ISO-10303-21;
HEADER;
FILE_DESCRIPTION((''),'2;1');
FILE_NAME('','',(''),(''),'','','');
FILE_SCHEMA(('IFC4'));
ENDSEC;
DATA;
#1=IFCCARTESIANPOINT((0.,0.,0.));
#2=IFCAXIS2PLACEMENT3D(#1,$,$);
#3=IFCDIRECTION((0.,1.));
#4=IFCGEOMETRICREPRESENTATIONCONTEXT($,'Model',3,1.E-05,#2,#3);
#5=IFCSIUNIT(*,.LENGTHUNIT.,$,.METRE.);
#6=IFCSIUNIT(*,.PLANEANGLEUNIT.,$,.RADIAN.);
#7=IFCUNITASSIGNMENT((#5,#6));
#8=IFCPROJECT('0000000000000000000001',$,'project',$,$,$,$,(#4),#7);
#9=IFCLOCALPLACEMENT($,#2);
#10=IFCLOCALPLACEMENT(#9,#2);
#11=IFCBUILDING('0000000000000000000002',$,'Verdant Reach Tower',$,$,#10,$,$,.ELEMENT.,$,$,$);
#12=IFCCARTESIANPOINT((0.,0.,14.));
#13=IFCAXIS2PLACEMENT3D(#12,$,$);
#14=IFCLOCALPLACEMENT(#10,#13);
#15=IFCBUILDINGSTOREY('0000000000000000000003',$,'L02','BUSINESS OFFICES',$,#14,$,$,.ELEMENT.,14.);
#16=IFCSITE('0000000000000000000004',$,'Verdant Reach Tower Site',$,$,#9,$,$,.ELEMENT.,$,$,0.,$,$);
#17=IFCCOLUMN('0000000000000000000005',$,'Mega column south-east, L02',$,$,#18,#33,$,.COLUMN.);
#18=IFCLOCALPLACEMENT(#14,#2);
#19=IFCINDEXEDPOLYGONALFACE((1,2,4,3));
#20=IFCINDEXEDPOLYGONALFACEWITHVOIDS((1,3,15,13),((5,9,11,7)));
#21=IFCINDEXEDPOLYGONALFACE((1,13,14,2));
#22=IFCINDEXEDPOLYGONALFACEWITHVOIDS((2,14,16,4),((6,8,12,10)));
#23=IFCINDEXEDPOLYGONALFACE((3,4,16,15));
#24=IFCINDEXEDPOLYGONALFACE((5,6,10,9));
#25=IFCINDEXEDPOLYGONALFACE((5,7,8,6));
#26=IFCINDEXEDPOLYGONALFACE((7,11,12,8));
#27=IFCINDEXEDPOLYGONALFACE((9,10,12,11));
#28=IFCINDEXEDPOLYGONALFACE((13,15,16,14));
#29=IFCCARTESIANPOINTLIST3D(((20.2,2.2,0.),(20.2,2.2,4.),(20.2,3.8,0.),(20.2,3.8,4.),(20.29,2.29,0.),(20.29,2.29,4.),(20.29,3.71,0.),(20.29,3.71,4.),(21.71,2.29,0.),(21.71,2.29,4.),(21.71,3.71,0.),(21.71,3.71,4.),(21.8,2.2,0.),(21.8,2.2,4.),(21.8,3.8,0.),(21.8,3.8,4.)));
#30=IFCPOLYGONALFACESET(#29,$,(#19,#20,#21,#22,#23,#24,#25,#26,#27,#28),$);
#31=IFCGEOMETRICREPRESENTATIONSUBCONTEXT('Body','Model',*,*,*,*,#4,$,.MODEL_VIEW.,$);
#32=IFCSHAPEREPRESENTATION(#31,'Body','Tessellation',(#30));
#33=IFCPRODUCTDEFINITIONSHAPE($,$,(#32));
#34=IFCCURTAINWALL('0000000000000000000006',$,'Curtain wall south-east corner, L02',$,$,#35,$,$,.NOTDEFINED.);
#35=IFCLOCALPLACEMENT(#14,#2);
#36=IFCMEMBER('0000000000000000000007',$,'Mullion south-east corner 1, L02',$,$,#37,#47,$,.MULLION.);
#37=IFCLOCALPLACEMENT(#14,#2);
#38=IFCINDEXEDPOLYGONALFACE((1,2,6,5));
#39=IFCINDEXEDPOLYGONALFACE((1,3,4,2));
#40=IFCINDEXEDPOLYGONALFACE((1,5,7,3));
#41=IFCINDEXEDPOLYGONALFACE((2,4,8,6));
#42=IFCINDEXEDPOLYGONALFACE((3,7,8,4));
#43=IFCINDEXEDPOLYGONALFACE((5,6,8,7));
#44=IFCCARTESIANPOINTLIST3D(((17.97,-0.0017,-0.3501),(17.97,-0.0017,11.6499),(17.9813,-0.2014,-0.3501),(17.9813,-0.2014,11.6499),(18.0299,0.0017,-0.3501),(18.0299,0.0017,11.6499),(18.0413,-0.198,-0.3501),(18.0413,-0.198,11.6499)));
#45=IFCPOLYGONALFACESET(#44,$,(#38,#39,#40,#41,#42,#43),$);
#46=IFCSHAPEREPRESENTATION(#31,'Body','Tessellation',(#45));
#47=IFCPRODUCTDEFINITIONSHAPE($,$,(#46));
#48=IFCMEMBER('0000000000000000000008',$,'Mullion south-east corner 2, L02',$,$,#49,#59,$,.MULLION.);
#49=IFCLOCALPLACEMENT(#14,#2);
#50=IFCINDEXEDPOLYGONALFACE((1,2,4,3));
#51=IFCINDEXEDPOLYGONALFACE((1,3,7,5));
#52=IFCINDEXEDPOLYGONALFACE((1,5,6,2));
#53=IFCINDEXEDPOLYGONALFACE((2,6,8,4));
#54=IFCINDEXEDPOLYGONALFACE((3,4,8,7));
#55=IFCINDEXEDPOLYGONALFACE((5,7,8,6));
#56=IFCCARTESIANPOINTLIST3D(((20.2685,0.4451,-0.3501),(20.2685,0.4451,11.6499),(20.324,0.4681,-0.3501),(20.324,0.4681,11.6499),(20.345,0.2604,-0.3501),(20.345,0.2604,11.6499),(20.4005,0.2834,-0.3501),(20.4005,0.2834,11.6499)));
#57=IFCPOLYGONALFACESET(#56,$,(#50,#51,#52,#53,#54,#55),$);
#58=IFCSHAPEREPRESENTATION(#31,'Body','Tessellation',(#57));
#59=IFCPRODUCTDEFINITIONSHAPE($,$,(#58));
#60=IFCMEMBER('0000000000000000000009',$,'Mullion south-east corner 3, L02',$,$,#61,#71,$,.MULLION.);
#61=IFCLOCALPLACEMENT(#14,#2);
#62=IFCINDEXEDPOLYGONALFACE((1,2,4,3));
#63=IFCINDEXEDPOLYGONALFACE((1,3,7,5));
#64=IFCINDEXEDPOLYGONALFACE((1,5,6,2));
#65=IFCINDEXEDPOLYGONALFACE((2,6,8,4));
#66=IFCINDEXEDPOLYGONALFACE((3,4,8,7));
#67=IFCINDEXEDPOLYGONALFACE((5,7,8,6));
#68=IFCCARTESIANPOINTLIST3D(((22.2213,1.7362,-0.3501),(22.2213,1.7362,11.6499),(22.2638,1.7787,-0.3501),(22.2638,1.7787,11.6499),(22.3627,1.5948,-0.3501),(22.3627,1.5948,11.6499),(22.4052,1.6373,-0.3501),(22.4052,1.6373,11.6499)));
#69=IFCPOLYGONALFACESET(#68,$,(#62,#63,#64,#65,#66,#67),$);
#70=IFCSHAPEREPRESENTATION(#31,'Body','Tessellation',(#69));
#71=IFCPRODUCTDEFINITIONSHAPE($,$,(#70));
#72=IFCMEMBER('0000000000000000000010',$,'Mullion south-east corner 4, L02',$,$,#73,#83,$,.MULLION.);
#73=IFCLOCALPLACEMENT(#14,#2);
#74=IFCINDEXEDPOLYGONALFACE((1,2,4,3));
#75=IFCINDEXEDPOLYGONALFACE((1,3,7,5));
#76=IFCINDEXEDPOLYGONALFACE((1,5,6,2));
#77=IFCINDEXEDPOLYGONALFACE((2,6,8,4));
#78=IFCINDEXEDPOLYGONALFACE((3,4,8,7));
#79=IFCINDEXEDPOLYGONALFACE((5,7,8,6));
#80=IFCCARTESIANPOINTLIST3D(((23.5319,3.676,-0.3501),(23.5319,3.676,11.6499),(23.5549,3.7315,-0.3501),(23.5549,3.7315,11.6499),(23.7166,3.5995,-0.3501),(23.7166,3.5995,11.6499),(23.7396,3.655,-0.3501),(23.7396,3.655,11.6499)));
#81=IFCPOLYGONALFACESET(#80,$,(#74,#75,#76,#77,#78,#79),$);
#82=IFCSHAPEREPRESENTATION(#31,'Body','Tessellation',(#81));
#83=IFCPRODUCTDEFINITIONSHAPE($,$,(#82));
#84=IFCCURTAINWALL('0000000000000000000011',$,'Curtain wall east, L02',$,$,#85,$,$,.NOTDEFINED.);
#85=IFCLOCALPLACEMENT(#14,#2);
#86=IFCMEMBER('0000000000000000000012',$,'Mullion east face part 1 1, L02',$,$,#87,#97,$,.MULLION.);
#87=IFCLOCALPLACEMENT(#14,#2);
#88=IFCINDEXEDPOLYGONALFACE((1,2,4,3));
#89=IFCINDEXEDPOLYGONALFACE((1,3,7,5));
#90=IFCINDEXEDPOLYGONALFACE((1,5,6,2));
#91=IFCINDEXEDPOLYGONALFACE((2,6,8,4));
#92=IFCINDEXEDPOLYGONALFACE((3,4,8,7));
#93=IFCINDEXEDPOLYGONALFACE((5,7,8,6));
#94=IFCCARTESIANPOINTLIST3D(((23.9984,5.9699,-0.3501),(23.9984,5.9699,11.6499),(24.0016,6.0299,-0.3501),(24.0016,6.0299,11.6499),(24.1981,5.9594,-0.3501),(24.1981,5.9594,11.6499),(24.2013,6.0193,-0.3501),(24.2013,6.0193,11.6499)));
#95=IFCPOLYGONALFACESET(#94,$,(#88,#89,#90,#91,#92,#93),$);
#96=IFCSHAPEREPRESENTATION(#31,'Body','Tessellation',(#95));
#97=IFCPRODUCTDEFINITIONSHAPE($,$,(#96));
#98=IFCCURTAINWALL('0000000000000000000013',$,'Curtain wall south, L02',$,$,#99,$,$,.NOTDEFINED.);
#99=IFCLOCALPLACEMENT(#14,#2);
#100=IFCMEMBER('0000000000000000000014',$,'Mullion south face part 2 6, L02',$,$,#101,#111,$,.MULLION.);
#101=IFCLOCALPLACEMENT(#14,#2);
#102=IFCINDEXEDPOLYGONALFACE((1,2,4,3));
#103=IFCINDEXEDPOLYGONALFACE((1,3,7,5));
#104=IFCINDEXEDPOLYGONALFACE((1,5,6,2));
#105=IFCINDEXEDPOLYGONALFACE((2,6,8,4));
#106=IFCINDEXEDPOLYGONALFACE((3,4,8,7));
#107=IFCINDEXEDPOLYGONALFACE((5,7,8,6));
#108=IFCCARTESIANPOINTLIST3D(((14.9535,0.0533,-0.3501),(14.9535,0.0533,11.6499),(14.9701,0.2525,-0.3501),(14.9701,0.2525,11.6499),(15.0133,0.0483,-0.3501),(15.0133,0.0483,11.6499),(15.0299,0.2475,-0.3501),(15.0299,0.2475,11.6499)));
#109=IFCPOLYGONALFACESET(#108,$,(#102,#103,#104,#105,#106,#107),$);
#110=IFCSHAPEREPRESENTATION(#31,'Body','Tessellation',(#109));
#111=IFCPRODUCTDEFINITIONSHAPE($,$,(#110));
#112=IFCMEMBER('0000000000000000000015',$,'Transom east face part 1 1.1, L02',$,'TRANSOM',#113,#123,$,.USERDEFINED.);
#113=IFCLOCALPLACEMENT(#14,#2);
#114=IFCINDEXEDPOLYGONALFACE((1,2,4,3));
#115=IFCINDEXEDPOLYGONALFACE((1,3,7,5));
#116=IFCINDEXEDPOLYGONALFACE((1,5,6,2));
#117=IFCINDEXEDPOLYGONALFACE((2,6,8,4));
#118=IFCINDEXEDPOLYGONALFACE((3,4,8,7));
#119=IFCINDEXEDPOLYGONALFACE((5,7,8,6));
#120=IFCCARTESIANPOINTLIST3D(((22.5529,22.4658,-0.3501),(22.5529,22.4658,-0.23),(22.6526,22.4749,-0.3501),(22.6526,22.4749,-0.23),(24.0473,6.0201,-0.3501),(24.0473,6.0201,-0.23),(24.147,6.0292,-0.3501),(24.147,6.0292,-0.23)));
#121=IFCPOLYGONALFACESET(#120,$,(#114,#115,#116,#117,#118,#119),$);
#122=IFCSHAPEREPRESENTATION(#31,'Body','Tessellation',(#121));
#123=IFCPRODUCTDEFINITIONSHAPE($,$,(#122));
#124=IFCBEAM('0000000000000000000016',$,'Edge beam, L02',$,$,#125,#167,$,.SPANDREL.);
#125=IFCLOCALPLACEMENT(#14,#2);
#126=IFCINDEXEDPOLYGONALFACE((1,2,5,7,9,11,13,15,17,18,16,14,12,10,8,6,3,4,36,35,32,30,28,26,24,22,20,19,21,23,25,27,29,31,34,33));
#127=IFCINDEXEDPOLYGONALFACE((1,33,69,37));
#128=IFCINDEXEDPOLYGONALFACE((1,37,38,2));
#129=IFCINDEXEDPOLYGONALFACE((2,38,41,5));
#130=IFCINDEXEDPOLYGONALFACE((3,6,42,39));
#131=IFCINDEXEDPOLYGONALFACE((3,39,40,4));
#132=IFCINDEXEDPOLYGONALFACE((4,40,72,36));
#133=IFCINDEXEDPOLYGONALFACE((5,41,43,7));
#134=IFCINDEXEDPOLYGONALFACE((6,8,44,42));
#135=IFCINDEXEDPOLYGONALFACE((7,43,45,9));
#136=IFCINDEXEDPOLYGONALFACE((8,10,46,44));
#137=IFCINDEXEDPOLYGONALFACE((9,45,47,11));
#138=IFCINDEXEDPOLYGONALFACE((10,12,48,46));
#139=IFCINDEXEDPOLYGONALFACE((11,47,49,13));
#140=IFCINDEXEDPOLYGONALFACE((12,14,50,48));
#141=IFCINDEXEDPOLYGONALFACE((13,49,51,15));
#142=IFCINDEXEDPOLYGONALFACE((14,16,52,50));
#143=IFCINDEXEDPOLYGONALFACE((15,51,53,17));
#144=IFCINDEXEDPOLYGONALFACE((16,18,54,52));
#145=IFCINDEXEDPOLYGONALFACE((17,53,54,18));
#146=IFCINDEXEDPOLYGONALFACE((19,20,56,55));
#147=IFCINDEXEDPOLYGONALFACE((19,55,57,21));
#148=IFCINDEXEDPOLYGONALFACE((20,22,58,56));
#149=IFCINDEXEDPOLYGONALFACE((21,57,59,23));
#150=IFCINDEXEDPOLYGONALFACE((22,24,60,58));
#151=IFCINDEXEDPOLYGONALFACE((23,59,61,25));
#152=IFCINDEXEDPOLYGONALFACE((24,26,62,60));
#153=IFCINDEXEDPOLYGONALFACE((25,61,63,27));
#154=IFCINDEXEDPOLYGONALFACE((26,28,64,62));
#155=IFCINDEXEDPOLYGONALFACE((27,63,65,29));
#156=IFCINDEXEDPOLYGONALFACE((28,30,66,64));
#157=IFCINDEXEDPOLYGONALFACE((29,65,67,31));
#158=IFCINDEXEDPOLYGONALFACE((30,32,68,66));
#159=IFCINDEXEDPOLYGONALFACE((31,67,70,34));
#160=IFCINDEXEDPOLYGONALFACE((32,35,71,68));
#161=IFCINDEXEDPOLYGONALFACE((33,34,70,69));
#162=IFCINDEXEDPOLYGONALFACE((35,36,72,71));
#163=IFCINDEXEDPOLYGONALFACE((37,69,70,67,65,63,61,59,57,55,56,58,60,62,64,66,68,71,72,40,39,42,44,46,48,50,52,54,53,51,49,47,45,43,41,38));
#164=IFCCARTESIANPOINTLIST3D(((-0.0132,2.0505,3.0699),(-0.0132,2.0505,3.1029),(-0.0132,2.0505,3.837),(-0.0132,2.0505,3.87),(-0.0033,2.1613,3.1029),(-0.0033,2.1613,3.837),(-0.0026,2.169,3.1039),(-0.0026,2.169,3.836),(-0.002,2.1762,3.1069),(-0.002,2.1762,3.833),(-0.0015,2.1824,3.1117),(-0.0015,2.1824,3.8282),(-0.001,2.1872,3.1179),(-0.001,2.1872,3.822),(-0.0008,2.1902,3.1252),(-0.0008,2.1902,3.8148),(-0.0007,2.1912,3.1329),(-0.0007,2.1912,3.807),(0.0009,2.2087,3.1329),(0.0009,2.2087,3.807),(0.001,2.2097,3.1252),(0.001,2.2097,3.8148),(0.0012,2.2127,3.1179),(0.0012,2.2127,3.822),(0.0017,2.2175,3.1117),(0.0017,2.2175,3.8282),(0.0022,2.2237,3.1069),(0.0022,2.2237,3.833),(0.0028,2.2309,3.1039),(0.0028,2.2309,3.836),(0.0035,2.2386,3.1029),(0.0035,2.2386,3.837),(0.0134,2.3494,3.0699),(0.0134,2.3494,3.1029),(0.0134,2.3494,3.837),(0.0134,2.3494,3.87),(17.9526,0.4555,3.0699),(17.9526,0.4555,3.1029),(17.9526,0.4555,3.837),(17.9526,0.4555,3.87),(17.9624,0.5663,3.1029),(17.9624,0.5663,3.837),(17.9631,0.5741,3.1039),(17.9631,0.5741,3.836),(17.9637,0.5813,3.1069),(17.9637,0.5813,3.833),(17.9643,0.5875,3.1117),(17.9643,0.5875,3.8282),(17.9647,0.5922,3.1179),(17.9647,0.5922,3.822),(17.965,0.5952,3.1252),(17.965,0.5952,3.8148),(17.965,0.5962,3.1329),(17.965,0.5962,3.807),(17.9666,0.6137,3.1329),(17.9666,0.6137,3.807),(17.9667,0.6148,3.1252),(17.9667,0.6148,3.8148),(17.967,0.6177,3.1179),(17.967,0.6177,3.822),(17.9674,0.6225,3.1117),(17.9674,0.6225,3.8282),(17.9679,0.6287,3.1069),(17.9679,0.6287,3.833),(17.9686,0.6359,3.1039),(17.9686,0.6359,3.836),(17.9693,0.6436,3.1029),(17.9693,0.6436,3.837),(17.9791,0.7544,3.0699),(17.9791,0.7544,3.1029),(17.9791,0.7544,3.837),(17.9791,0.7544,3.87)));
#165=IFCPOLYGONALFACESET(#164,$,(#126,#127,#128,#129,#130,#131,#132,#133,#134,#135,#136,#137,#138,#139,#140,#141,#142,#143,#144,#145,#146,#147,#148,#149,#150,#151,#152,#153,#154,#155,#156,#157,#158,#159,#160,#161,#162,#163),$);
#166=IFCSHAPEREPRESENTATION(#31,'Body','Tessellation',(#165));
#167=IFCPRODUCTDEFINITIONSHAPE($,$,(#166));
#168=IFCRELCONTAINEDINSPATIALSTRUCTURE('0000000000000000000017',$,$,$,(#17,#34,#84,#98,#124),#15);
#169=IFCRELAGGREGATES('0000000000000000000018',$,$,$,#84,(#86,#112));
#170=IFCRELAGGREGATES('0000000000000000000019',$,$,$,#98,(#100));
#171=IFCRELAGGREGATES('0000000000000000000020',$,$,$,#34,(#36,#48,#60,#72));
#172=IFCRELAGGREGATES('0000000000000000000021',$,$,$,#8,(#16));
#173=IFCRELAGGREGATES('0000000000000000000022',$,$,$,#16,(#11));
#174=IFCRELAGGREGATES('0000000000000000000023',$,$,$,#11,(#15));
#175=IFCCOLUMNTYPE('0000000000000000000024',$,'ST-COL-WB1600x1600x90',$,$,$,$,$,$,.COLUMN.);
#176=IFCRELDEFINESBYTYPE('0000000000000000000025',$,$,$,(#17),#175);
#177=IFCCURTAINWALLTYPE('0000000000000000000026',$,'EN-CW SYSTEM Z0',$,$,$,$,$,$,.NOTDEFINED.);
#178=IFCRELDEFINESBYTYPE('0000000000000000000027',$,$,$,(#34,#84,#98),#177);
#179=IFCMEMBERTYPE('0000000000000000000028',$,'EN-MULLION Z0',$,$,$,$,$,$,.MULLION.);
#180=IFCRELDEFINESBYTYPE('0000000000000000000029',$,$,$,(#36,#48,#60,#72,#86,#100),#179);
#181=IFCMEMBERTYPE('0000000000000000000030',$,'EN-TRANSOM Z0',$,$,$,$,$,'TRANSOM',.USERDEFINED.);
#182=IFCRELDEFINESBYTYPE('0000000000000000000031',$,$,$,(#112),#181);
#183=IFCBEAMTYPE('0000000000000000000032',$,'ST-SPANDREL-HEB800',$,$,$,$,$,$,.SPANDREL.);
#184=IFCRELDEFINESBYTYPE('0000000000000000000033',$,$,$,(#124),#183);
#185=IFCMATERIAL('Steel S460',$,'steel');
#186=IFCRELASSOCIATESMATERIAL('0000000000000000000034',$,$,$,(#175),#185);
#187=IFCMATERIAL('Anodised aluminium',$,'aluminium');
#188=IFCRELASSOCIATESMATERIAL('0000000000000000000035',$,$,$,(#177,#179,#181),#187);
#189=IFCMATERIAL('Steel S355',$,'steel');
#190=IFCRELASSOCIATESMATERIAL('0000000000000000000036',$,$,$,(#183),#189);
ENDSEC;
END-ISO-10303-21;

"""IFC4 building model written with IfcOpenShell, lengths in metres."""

from ifc_helpers import new_model, si_unit, direction, frame, origin, origin_2d, place, context, subcontext, project, spatial, rectangle, hollow_rectangle, i_section, extrude, material, material_profile, profile_set, type_object, element, aggregate, save


model = new_model("IFC4")

# Units and contexts
model_context = context("Model", 3, precision=1e-05, world=origin(), true_north=direction((0.0, 1.0)))
body_context = subcontext(model_context, "Body", "Model", "MODEL_VIEW")
ifc_project = project(units=[si_unit("LENGTHUNIT", "METRE"), si_unit("PLANEANGLEUNIT", "RADIAN")], contexts=[model_context])

# Site, building, storey
site_placement = place(None, origin())
site = spatial("IfcSite", under=ifc_project, at=site_placement, Name="Verdant Reach Tower Site", CompositionType="ELEMENT", RefElevation=0.0)
building_placement = place(site_placement, origin())
building = spatial("IfcBuilding", under=site, at=building_placement, Name="Verdant Reach Tower", CompositionType="ELEMENT")
storey_placement = place(building_placement, frame((0.0, 0.0, 14.0)))
storey = spatial("IfcBuildingStorey", under=building, at=storey_placement, Name="L02", Description="BUSINESS OFFICES", CompositionType="ELEMENT", Elevation=14.0)

# Column
ifc_material_1 = material(Name="Steel S460", Category="steel")
ifc_material_profile_1 = material_profile(ifc_material_1, hollow_rectangle(XDim=1.6001, YDim=1.6001, WallThickness=0.0901, at=origin_2d()), Name="WB 1600x1600x90")
ifc_profile_set_1 = profile_set([ifc_material_profile_1], Name="Steel S460")
column_type = type_object("IfcColumnType", Name="ST-COL-WB1600x1600x90", PredefinedType="COLUMN", material=ifc_profile_set_1)
column_placement = place(storey_placement, frame((21.0, 3.0, 0.0), z_axis=(0.0, 0.0, 1.0), x_axis=(1.0, 0.0, 0.0)))
element("IfcColumn", 1, at=column_placement, inside=storey, type_object=column_type, Name="Mega column south-east, L02", PredefinedType="COLUMN", context=body_context, shape_type="SweptSolid", body=[
    extrude(hollow_rectangle(XDim=1.6001, YDim=1.6001, WallThickness=0.0901, at=origin_2d()), origin(), (0.0, 0.0, 1.0), 4.0),
])

# Curtain wall, members
ifc_material_2 = material(Name="Anodised aluminium", Category="aluminium")
curtain_wall_type = type_object("IfcCurtainWallType", Name="EN-CW SYSTEM Z0", PredefinedType="NOTDEFINED", material=ifc_material_2)
curtain_wall_1_placement = place(storey_placement, origin())
curtain_wall_1 = element("IfcCurtainWall", 2, at=curtain_wall_1_placement, inside=storey, type_object=curtain_wall_type, Name="Curtain wall south-east corner, L02", PredefinedType="NOTDEFINED")
ifc_material_profile_2 = material_profile(ifc_material_2, rectangle(XDim=0.2, YDim=0.0601, at=origin_2d()), Name="Mullion 60x200")
ifc_profile_set_2 = profile_set([ifc_material_profile_2], Name="Anodised aluminium")
member_type_1 = type_object("IfcMemberType", Name="EN-MULLION Z0", PredefinedType="MULLION", material=ifc_profile_set_2)
member_1_placement = place(storey_placement, frame((18.0056, -0.0999, -0.3501), z_axis=(0.0, 0.0, 1.0), x_axis=(0.056569, -0.998399, 0.0)))
member_1 = element("IfcMember", 3, at=member_1_placement, type_object=member_type_1, Name="Mullion south-east corner 1, L02", PredefinedType="MULLION", context=body_context, shape_type="SweptSolid", body=[
    extrude(rectangle(XDim=0.2, YDim=0.0601, at=origin_2d()), origin(), (0.0, 0.0, 1.0), 12.0),
])
member_2_placement = place(storey_placement, frame((20.3345, 0.3643, -0.3501), z_axis=(0.0, 0.0, 1.0), x_axis=(0.382694, -0.923875, 0.0)))
member_2 = element("IfcMember", 4, at=member_2_placement, type_object=member_type_1, Name="Mullion south-east corner 2, L02", PredefinedType="MULLION", context=body_context, shape_type="SweptSolid", body=[
    extrude(rectangle(XDim=0.2, YDim=0.0601, at=origin_2d()), origin(), (0.0, 0.0, 1.0), 12.0),
])
member_3_placement = place(storey_placement, frame((22.3132, 1.6868, -0.3501), z_axis=(0.0, 0.0, 1.0), x_axis=(0.707107, -0.707107, 0.0)))
member_3 = element("IfcMember", 5, at=member_3_placement, type_object=member_type_1, Name="Mullion south-east corner 3, L02", PredefinedType="MULLION", context=body_context, shape_type="SweptSolid", body=[
    extrude(rectangle(XDim=0.2, YDim=0.0601, at=origin_2d()), origin(), (0.0, 0.0, 1.0), 12.0),
])
member_4_placement = place(storey_placement, frame((23.6357, 3.6655, -0.3501), z_axis=(0.0, 0.0, 1.0), x_axis=(0.923875, -0.382694, 0.0)))
member_4 = element("IfcMember", 6, at=member_4_placement, type_object=member_type_1, Name="Mullion south-east corner 4, L02", PredefinedType="MULLION", context=body_context, shape_type="SweptSolid", body=[
    extrude(rectangle(XDim=0.2, YDim=0.0601, at=origin_2d()), origin(), (0.0, 0.0, 1.0), 12.0),
])

# Curtain walls, members
curtain_wall_2_placement = place(storey_placement, origin())
curtain_wall_2 = element("IfcCurtainWall", 7, at=curtain_wall_2_placement, inside=storey, type_object=curtain_wall_type, Name="Curtain wall east, L02", PredefinedType="NOTDEFINED")
member_5_placement = place(storey_placement, frame((24.0999, 5.9946, -0.3501), z_axis=(0.0, 0.0, 1.0), x_axis=(0.998604, -0.052815, 0.0)))
member_5 = element("IfcMember", 8, at=member_5_placement, type_object=member_type_1, Name="Mullion east face part 1 1, L02", PredefinedType="MULLION", context=body_context, shape_type="SweptSolid", body=[
    extrude(rectangle(XDim=0.2, YDim=0.0601, at=origin_2d()), origin(), (0.0, 0.0, 1.0), 12.0),
])
curtain_wall_3_placement = place(storey_placement, origin())
curtain_wall_3 = element("IfcCurtainWall", 9, at=curtain_wall_3_placement, inside=storey, type_object=curtain_wall_type, Name="Curtain wall south, L02", PredefinedType="NOTDEFINED")
member_6_placement = place(storey_placement, frame((14.9917, 0.1504, -0.3501), z_axis=(0.0, 0.0, 1.0), x_axis=(-0.083045, -0.996546, 0.0)))
member_6 = element("IfcMember", 10, at=member_6_placement, type_object=member_type_1, Name="Mullion south face part 2 6, L02", PredefinedType="MULLION", context=body_context, shape_type="SweptSolid", body=[
    extrude(rectangle(XDim=0.2, YDim=0.0601, at=origin_2d()), origin(), (0.0, 0.0, 1.0), 12.0),
])

# Member
ifc_material_profile_3 = material_profile(ifc_material_2, rectangle(XDim=0.1001, YDim=0.1201, at=origin_2d()), Name="Transom 120x100")
ifc_profile_set_3 = profile_set([ifc_material_profile_3], Name="Anodised aluminium")
member_type_2 = type_object("IfcMemberType", Name="EN-TRANSOM Z0", ElementType="TRANSOM", PredefinedType="USERDEFINED", material=ifc_profile_set_3)
member_7_placement = place(storey_placement, frame((24.0972, 6.0247, -0.29), z_axis=(-0.090496, 0.995897, 0.0), x_axis=(-0.995897, -0.090496, 0.0)))
member_7 = element("IfcMember", 11, at=member_7_placement, type_object=member_type_2, Name="Transom east face part 1 1.1, L02", ObjectType="TRANSOM", PredefinedType="USERDEFINED", context=body_context, shape_type="SweptSolid", body=[
    extrude(rectangle(XDim=0.1001, YDim=0.1201, at=origin_2d()), origin(), (0.0, 0.0, 1.0), 16.5134),
])
aggregate(curtain_wall_2, [member_5, member_7])

# Beam
ifc_material_3 = material(Name="Steel S355", Category="steel")
ifc_material_profile_4 = material_profile(ifc_material_3, i_section(OverallWidth=0.3, OverallDepth=0.8, WebThickness=0.0176, FlangeThickness=0.033, FilletRadius=0.03, at=origin_2d()), Name="HEB 800")
ifc_profile_set_4 = profile_set([ifc_material_profile_4], Name="Steel S355")
beam_type_1 = type_object("IfcBeamType", Name="ST-SPANDREL-HEB800", PredefinedType="SPANDREL", material=ifc_profile_set_4)
beam_1_placement = place(storey_placement, frame((17.9658, 0.605, 3.47), z_axis=(-0.996082, 0.08843, 0.0), x_axis=(-0.08843, -0.996082, 0.0)))
element("IfcBeam", 12, at=beam_1_placement, inside=storey, type_object=beam_type_1, Name="Edge beam, L02", PredefinedType="SPANDREL", context=body_context, shape_type="SweptSolid", body=[
    extrude(i_section(OverallWidth=0.3, OverallDepth=0.8, WebThickness=0.0176, FlangeThickness=0.033, FilletRadius=0.03, at=origin_2d()), origin(), (0.0, 0.0, 1.0), 18.0364),
])

aggregate(curtain_wall_3, [member_6])
aggregate(curtain_wall_1, [member_1, member_2, member_3, member_4])

save(model, "model.ifc")
